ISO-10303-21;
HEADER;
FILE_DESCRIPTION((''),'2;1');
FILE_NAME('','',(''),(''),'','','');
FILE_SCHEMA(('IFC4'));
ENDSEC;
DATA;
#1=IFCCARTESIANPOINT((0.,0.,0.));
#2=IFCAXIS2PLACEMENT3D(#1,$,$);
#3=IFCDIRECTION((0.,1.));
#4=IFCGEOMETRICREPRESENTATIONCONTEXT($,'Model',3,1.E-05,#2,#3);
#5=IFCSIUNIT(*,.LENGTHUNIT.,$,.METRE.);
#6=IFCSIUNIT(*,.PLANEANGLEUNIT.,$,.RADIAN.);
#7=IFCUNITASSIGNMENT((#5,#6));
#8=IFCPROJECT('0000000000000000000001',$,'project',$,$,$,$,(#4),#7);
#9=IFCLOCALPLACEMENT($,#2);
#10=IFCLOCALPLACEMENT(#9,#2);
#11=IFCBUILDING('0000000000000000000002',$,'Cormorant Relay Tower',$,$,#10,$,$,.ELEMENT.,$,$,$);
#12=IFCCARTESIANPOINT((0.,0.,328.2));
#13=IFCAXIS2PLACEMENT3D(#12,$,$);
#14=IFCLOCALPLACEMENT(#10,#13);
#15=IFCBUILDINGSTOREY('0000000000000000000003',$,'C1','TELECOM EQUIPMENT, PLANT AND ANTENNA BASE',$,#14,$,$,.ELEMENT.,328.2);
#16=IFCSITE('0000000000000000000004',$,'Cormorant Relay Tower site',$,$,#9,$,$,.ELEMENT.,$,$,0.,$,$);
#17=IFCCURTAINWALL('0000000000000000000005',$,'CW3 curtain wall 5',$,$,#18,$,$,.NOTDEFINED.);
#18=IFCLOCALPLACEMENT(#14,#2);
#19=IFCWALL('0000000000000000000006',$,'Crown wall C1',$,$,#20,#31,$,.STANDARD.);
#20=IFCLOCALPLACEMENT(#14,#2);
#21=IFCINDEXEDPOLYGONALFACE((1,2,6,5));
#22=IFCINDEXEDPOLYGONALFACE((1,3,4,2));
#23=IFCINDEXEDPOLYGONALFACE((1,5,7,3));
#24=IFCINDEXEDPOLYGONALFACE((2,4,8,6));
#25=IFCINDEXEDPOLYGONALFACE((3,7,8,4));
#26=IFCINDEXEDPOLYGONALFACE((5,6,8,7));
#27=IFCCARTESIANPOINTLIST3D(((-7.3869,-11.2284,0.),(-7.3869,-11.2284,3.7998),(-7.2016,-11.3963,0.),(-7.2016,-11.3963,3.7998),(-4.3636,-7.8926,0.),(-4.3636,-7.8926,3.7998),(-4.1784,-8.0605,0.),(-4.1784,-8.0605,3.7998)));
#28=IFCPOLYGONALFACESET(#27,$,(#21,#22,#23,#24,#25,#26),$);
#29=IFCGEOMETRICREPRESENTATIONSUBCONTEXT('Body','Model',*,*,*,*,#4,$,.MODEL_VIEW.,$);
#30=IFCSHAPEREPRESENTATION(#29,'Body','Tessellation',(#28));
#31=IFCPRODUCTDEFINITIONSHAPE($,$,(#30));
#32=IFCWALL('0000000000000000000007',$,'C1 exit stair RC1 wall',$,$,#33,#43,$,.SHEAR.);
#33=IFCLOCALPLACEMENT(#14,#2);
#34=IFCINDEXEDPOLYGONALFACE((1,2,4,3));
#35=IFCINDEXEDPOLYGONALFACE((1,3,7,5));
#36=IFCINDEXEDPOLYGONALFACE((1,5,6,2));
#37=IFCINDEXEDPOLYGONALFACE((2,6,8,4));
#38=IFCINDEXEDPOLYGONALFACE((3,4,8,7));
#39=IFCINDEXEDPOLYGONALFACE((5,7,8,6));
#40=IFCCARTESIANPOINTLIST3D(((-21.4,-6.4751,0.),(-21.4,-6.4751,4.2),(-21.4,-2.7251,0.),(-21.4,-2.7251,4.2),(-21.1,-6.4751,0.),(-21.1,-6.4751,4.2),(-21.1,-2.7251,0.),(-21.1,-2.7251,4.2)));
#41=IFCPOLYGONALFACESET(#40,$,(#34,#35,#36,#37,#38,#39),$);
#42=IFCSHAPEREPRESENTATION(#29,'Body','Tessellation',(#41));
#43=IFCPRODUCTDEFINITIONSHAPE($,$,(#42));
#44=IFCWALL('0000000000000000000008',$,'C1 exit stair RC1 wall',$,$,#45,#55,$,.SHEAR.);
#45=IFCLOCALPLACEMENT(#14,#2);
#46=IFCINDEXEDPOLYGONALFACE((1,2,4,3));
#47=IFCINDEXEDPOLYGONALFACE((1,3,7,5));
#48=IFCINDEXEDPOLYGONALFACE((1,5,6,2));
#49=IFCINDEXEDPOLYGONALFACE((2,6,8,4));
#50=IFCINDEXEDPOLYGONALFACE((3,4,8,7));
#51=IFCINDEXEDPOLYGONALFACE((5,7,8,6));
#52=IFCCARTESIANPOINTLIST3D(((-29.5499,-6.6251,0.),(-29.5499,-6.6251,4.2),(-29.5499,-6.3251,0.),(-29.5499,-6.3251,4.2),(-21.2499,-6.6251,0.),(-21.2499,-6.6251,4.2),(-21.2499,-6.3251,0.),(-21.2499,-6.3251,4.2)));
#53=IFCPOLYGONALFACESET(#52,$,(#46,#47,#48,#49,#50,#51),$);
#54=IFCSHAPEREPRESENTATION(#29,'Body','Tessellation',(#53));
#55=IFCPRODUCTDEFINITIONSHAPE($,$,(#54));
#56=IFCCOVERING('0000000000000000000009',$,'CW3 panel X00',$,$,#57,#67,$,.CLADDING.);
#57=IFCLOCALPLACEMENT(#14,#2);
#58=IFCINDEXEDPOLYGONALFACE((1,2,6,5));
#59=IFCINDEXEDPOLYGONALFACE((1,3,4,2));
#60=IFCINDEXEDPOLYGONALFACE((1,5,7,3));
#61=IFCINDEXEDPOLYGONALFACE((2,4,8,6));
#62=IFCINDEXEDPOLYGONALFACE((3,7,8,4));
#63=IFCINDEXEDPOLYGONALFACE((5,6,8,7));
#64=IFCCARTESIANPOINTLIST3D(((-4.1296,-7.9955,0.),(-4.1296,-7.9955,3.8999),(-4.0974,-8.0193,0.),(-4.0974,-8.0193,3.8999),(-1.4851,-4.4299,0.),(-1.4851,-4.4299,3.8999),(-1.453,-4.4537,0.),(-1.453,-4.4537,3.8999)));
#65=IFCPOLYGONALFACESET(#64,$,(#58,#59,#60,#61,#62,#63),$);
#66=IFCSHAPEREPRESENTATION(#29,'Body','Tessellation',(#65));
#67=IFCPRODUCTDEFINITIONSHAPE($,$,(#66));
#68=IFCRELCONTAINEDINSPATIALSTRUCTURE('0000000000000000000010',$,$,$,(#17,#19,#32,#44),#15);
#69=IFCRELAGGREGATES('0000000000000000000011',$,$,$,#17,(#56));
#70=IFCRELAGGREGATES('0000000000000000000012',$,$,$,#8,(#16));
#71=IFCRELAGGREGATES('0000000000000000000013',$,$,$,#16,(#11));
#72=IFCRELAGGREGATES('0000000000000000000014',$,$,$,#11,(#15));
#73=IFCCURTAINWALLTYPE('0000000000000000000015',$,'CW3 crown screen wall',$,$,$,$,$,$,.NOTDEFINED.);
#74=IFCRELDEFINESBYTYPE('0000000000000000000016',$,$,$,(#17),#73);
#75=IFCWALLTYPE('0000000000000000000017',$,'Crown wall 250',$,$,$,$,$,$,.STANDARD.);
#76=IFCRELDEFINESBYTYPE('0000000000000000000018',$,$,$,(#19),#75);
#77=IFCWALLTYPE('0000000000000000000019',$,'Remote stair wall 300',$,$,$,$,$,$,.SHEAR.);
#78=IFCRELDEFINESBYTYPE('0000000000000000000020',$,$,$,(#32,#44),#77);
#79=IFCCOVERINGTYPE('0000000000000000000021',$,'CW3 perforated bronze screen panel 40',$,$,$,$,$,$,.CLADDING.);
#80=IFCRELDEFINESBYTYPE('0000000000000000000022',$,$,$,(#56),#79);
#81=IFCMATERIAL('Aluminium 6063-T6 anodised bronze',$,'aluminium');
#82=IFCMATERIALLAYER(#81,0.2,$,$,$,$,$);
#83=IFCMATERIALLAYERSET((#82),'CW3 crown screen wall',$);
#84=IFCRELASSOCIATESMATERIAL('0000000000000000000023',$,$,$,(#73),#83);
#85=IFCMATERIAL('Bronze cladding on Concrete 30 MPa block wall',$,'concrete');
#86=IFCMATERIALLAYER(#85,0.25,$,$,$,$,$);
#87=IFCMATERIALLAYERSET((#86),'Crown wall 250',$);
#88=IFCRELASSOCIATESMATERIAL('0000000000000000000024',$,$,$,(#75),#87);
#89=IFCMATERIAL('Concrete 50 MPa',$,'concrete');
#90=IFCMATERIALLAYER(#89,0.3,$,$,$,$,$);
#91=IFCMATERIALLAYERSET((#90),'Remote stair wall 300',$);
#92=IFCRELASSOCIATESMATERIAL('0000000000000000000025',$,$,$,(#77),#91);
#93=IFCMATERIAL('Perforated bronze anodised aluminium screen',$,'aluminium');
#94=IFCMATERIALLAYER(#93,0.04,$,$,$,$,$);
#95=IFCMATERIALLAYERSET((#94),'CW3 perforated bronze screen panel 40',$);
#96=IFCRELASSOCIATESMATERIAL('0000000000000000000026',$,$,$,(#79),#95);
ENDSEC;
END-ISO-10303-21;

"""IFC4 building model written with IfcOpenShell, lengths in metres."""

from ifc_helpers import new_model, si_unit, direction, frame, frame_2d, origin, origin_2d, place, context, subcontext, project, spatial, rectangle, extrude, material, layer, layer_set, type_object, element, aggregate, save


model = new_model("IFC4")

# Units and contexts
model_context = context("Model", 3, precision=1e-05, world=origin(), true_north=direction((0.0, 1.0)))
body_context = subcontext(model_context, "Body", "Model", "MODEL_VIEW")
ifc_project = project(units=[si_unit("LENGTHUNIT", "METRE"), si_unit("PLANEANGLEUNIT", "RADIAN")], contexts=[model_context])

# Site, building, storey
site_placement = place(None, origin())
site = spatial("IfcSite", under=ifc_project, at=site_placement, Name="Cormorant Relay Tower site", CompositionType="ELEMENT", RefElevation=0.0)
building_placement = place(site_placement, origin())
building = spatial("IfcBuilding", under=site, at=building_placement, Name="Cormorant Relay Tower", CompositionType="ELEMENT")
storey_placement = place(building_placement, frame((0.0, 0.0, 328.2)))
storey = spatial("IfcBuildingStorey", under=building, at=storey_placement, Name="C1", Description="TELECOM EQUIPMENT, PLANT AND ANTENNA BASE", CompositionType="ELEMENT", Elevation=328.2)

# Curtain wall
ifc_material_1 = material(Name="Aluminium 6063-T6 anodised bronze", Category="aluminium")
ifc_layer_1 = layer(ifc_material_1, 0.2)
ifc_layer_set_1 = layer_set([ifc_layer_1], Name="CW3 crown screen wall")
curtain_wall_type = type_object("IfcCurtainWallType", Name="CW3 crown screen wall", PredefinedType="NOTDEFINED", material=ifc_layer_set_1)
curtain_wall_placement = place(storey_placement, origin())
curtain_wall = element("IfcCurtainWall", 1, at=curtain_wall_placement, inside=storey, type_object=curtain_wall_type, Name="CW3 curtain wall 5", PredefinedType="NOTDEFINED")

# Walls
ifc_material_2 = material(Name="Bronze cladding on Concrete 30 MPa block wall", Category="concrete")
ifc_layer_2 = layer(ifc_material_2, 0.25)
ifc_layer_set_2 = layer_set([ifc_layer_2], Name="Crown wall 250")
wall_type_1 = type_object("IfcWallType", Name="Crown wall 250", PredefinedType="STANDARD", material=ifc_layer_set_2)
wall_1_placement = place(storey_placement, frame((-4.271, -7.9766, 0.0), z_axis=(0.0, 0.0, 1.0), x_axis=(-0.671546, -0.740962, 0.0)))
element("IfcWall", 2, at=wall_1_placement, inside=storey, type_object=wall_type_1, Name="Crown wall C1", PredefinedType="STANDARD", context=body_context, shape_type="SweptSolid", body=[
    extrude(rectangle(XDim=4.502, YDim=0.25, at=frame_2d((2.251, 0.0))), origin(), (0.0, 0.0, 1.0), 3.7998),
])
ifc_material_3 = material(Name="Concrete 50 MPa", Category="concrete")
ifc_layer_3 = layer(ifc_material_3, 0.3)
ifc_layer_set_3 = layer_set([ifc_layer_3], Name="Remote stair wall 300")
wall_type_2 = type_object("IfcWallType", Name="Remote stair wall 300", PredefinedType="SHEAR", material=ifc_layer_set_3)
wall_2_placement = place(storey_placement, frame((-21.25, -2.7251, 0.0), z_axis=(0.0, 0.0, 1.0), x_axis=(0.0, -1.0, 0.0)))
element("IfcWall", 3, at=wall_2_placement, inside=storey, type_object=wall_type_2, Name="C1 exit stair RC1 wall", PredefinedType="SHEAR", context=body_context, shape_type="SweptSolid", body=[
    extrude(rectangle(XDim=3.75, YDim=0.3, at=frame_2d((1.875, 0.0))), origin(), (0.0, 0.0, 1.0), 4.2),
])
wall_3_placement = place(storey_placement, frame((-21.25, -6.4751, 0.0), z_axis=(0.0, 0.0, 1.0), x_axis=(-1.0, 0.0, 0.0)))
element("IfcWall", 4, at=wall_3_placement, inside=storey, type_object=wall_type_2, Name="C1 exit stair RC1 wall", PredefinedType="SHEAR", context=body_context, shape_type="SweptSolid", body=[
    extrude(rectangle(XDim=8.3, YDim=0.3, at=frame_2d((4.1499, 0.0))), origin(), (0.0, 0.0, 1.0), 4.2),
])

# Covering
ifc_material_4 = material(Name="Perforated bronze anodised aluminium screen", Category="aluminium")
ifc_layer_4 = layer(ifc_material_4, 0.04)
ifc_layer_set_4 = layer_set([ifc_layer_4], Name="CW3 perforated bronze screen panel 40")
covering_type = type_object("IfcCoveringType", Name="CW3 perforated bronze screen panel 40", PredefinedType="CLADDING", material=ifc_layer_set_4)
covering_placement = place(storey_placement, frame((-2.7913, -6.2246, 0.0), z_axis=(0.0, 0.0, 1.0), x_axis=(0.595699, 0.803208, 0.0)))
covering = element("IfcCovering", 5, at=covering_placement, type_object=covering_type, Name="CW3 panel X00", PredefinedType="CLADDING", context=body_context, shape_type="SweptSolid", body=[
    extrude(rectangle(XDim=4.4392, YDim=0.04, at=origin_2d()), origin(), (0.0, 0.0, 1.0), 3.8999),
])
aggregate(curtain_wall, [covering])

save(model, "model.ifc")
